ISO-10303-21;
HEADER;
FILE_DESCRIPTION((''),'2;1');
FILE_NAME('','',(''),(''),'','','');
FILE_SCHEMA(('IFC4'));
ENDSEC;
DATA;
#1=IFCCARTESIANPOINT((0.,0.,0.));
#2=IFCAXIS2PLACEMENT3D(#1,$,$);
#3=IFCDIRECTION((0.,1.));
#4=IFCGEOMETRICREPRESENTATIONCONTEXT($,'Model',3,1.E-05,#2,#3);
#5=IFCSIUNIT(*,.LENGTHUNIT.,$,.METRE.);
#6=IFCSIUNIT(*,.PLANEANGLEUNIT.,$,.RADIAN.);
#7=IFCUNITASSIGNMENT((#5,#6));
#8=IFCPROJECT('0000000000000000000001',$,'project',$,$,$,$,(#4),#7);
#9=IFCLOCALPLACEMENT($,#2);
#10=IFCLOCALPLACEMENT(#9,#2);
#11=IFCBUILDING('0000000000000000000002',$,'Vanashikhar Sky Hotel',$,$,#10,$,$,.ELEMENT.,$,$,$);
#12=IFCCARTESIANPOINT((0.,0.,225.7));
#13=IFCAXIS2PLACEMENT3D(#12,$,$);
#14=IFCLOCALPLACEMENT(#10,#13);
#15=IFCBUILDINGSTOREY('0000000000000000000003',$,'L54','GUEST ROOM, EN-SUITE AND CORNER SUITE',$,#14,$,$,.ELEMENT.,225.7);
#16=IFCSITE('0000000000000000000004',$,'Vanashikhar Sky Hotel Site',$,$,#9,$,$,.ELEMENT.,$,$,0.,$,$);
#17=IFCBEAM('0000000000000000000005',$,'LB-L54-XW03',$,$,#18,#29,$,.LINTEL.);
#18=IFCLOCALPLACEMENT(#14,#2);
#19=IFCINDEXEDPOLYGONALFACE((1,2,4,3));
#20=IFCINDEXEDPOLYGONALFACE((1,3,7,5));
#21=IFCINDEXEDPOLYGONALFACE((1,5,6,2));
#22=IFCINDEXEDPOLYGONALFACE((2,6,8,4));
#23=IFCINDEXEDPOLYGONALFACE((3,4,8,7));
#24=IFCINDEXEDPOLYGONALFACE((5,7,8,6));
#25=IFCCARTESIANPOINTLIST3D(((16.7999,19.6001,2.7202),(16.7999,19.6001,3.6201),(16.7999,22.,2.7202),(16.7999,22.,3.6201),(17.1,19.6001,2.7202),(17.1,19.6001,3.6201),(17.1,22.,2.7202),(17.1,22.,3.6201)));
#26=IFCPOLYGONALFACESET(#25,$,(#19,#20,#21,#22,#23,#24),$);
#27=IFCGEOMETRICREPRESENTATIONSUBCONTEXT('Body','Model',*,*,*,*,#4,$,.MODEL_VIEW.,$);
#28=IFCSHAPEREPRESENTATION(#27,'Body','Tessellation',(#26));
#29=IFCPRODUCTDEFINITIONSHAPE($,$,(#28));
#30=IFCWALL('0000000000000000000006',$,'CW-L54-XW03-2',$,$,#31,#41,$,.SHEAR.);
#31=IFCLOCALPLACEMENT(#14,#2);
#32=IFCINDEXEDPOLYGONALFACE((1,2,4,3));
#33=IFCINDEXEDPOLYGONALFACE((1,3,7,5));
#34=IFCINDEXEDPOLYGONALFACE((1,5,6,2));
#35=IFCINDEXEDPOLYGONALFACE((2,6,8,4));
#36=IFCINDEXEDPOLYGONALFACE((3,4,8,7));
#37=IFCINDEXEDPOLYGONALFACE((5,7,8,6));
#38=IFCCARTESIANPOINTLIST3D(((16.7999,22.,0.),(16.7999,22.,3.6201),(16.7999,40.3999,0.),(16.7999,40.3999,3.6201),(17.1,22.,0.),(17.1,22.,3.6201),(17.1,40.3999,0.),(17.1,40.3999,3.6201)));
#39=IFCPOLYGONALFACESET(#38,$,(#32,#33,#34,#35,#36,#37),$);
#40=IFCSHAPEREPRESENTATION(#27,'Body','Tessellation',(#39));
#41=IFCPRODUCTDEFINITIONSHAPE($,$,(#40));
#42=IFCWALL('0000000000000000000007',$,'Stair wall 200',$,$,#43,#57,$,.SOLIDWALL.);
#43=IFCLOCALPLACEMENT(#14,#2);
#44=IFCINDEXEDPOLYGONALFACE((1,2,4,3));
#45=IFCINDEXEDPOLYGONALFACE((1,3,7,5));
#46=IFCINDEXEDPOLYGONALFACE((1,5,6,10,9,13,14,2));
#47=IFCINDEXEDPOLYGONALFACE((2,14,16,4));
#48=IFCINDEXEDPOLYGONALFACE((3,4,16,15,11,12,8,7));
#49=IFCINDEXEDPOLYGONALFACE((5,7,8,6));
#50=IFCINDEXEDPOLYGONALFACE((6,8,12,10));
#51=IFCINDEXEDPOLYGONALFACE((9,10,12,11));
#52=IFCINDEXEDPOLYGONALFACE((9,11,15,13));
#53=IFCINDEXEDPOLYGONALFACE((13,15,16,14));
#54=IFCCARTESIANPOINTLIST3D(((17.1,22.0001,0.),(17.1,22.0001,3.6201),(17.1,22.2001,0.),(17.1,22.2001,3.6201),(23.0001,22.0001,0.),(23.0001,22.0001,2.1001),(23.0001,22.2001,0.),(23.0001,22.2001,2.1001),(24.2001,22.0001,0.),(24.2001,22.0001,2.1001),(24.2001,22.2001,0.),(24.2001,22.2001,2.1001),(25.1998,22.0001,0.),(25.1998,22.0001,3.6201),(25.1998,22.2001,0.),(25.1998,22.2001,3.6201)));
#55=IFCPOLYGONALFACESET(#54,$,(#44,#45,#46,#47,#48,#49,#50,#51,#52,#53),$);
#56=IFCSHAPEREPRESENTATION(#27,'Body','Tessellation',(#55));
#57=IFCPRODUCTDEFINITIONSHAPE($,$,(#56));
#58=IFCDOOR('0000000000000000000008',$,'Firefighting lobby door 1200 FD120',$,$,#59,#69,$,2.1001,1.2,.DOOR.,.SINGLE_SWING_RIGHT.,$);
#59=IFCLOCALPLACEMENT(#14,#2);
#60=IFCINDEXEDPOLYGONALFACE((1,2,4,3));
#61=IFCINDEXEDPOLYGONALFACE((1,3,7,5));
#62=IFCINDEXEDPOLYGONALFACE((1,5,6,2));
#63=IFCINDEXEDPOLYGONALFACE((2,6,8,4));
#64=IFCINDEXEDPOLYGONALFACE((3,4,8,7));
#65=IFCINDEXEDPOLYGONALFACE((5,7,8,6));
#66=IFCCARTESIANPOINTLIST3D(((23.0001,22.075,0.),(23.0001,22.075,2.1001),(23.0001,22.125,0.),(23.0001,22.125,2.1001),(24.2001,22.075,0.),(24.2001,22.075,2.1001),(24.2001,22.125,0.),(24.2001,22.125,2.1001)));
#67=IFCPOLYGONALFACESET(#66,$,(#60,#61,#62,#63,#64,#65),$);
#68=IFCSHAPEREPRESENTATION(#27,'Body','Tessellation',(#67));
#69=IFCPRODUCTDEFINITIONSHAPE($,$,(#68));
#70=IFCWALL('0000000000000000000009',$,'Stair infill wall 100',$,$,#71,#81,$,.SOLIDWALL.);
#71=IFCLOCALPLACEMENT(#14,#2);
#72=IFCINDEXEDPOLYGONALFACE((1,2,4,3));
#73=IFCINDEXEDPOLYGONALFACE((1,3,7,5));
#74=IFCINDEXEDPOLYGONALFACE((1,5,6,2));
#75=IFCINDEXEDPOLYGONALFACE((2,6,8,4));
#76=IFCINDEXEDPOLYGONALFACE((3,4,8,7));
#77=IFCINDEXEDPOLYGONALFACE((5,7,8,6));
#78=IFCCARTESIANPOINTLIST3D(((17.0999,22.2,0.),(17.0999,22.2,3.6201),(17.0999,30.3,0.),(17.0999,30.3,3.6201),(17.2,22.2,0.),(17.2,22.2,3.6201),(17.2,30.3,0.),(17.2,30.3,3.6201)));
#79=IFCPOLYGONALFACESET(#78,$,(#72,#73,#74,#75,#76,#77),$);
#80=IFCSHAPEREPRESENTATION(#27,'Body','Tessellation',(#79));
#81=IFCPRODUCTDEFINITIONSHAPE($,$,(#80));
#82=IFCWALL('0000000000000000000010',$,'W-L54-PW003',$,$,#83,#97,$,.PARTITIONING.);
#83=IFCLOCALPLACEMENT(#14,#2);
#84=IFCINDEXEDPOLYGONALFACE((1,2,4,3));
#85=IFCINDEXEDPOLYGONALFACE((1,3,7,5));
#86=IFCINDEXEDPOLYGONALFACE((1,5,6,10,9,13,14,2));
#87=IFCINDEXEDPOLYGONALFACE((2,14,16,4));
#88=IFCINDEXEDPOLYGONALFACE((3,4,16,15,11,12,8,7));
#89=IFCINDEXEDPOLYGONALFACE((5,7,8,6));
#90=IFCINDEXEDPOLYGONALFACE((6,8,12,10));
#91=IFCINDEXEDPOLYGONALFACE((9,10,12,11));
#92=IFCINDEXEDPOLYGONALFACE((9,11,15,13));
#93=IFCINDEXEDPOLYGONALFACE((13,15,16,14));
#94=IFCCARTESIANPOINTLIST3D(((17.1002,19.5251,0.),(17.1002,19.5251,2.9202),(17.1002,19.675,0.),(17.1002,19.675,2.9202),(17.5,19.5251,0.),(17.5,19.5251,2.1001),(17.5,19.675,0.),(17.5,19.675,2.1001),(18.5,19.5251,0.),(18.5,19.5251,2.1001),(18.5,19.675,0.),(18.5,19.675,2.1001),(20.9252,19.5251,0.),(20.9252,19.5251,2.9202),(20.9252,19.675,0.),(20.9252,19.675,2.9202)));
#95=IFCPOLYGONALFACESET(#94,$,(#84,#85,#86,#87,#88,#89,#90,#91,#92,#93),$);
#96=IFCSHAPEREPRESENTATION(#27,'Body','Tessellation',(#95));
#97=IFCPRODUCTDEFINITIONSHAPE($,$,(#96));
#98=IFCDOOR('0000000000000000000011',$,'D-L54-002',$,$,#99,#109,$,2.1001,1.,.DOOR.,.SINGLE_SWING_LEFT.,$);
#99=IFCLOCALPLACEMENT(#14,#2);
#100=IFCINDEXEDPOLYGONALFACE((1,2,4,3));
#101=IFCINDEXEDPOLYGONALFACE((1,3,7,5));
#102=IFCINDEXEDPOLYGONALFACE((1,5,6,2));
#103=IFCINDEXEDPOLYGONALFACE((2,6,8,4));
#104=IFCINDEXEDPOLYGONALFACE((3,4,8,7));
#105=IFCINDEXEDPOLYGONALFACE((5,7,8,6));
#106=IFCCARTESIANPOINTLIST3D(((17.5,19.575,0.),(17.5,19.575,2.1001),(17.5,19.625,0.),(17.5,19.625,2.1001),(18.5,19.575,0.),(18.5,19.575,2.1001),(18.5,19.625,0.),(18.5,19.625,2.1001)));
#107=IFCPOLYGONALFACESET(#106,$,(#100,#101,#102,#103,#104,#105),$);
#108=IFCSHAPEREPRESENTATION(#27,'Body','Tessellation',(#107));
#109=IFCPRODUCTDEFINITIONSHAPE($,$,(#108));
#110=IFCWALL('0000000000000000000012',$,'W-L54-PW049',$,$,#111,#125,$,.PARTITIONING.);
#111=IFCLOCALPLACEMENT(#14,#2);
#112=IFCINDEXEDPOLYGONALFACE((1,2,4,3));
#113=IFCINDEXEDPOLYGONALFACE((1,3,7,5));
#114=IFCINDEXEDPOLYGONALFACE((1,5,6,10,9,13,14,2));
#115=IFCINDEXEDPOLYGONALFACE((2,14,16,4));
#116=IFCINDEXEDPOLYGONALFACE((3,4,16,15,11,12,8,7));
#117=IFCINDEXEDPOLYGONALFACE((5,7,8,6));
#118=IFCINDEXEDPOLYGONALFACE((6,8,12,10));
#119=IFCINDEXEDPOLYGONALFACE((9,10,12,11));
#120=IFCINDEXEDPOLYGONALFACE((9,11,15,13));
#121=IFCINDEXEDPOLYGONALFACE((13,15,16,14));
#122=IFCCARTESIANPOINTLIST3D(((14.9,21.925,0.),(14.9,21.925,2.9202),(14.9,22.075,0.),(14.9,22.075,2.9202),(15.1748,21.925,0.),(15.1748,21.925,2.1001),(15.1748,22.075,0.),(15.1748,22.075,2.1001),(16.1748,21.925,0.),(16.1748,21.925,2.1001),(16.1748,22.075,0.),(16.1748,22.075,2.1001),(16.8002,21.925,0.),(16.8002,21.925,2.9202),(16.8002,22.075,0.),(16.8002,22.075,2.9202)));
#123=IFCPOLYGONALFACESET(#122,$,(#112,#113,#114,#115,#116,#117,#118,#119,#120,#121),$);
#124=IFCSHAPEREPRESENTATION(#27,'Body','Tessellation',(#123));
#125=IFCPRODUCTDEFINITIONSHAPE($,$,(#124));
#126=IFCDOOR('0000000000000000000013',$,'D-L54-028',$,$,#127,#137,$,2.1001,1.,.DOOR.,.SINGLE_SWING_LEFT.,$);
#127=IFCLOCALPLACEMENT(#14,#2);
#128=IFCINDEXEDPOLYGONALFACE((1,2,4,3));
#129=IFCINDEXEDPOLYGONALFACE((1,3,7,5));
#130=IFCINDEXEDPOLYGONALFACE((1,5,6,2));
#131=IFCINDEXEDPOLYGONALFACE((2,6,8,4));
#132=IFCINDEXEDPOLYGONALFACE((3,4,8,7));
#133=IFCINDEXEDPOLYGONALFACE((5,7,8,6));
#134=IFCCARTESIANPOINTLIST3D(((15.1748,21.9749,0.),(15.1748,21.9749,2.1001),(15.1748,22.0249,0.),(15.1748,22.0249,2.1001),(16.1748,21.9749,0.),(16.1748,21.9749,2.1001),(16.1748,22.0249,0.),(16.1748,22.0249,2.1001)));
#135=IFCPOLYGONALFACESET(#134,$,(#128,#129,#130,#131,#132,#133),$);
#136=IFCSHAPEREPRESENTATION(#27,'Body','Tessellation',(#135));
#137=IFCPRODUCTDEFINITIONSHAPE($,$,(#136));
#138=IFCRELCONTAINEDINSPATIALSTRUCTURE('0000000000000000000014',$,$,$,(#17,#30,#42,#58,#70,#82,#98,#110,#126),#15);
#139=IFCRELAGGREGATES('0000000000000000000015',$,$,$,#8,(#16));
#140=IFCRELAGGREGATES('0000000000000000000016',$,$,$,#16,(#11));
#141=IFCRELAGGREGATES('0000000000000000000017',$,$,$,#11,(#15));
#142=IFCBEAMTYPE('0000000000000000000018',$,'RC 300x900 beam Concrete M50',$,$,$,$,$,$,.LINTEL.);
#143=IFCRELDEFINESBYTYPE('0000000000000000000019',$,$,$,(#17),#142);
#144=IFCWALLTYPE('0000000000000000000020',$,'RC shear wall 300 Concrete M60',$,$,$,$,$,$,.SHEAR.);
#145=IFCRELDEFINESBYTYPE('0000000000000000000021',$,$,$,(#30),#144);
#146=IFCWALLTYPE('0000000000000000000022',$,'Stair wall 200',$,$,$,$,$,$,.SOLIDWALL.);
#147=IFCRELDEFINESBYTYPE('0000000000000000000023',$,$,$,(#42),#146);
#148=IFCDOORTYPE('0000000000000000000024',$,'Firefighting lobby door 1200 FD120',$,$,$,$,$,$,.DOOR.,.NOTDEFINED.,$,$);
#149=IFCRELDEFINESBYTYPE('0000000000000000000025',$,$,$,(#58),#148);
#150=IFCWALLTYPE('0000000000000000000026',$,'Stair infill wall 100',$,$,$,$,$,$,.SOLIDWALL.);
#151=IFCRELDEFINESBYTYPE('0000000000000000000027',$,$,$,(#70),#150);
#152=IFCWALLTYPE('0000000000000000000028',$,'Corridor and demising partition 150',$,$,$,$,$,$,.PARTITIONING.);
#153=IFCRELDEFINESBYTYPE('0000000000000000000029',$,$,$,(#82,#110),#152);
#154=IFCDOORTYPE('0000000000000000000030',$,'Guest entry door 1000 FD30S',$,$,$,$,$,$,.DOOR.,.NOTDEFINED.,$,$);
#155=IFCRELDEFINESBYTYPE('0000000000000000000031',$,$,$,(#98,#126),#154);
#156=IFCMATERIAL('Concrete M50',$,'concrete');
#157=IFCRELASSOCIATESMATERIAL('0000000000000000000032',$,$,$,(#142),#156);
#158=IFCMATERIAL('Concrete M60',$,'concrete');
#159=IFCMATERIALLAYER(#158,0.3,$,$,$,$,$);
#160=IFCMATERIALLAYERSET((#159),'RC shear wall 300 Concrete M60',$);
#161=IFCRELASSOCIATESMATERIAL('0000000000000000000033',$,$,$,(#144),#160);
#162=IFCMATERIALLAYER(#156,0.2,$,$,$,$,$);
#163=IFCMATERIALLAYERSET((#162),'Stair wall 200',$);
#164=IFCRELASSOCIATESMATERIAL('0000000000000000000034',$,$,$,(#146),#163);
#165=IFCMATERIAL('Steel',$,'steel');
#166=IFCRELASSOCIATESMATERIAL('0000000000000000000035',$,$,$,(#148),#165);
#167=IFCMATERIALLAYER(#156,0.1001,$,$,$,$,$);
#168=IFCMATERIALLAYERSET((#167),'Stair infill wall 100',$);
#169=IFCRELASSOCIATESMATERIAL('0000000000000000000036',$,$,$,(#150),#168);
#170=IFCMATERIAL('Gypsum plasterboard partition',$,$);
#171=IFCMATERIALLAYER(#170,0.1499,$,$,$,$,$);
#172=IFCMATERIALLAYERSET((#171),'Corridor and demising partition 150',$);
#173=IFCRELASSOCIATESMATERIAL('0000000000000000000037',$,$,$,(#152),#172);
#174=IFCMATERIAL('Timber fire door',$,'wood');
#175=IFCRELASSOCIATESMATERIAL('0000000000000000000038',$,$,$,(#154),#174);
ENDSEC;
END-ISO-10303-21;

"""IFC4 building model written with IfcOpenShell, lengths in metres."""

from ifc_helpers import new_model, si_unit, direction, frame, frame_2d, origin, origin_2d, place, context, subcontext, project, spatial, rectangle, extrude, source, transform, mapped, material, layer, layer_set, material_profile, profile_set, type_object, element, fill, save


model = new_model("IFC4")

# Units and contexts
model_context = context("Model", 3, precision=1e-05, world=origin(), true_north=direction((0.0, 1.0)))
body_context = subcontext(model_context, "Body", "Model", "MODEL_VIEW")
ifc_project = project(units=[si_unit("LENGTHUNIT", "METRE"), si_unit("PLANEANGLEUNIT", "RADIAN")], contexts=[model_context])

# Site, building, storey
site_placement = place(None, origin())
site = spatial("IfcSite", under=ifc_project, at=site_placement, Name="Vanashikhar Sky Hotel Site", CompositionType="ELEMENT", RefElevation=0.0)
building_placement = place(site_placement, origin())
building = spatial("IfcBuilding", under=site, at=building_placement, Name="Vanashikhar Sky Hotel", CompositionType="ELEMENT")
storey_placement = place(building_placement, frame((0.0, 0.0, 225.7)))
storey = spatial("IfcBuildingStorey", under=building, at=storey_placement, Name="L54", Description="GUEST ROOM, EN-SUITE AND CORNER SUITE", CompositionType="ELEMENT", Elevation=225.7)

# Beam
ifc_material_1 = material(Name="Concrete M50", Category="concrete")
ifc_material_profile = material_profile(ifc_material_1, rectangle(XDim=0.3, YDim=0.8999, at=origin_2d()))
ifc_profile_set = profile_set([ifc_material_profile], Name="RC 300x900 beam Concrete M50")
beam_type = type_object("IfcBeamType", Name="RC 300x900 beam Concrete M50", PredefinedType="LINTEL", material=ifc_profile_set)
shared_shape_1 = source(origin(), body_context, "Body", "SweptSolid", [
    extrude(rectangle(XDim=0.3, YDim=0.8999, at=origin_2d()), origin(), (0.0, 0.0, 1.0), 2.3999),
])
beam_placement = place(storey_placement, frame((16.95, 19.6001, 3.1702), z_axis=(0.0, 1.0, 0.0), x_axis=(-1.0, 0.0, 0.0)))
element("IfcBeam", 1, at=beam_placement, inside=storey, type_object=beam_type, Name="LB-L54-XW03", PredefinedType="LINTEL", context=body_context, shape_type="MappedRepresentation", body=[
    mapped(shared_shape_1, transform((0.0, 0.0, 0.0), scale=1.0)),
])

# Wall
ifc_material_2 = material(Name="Concrete M60", Category="concrete")
ifc_layer_1 = layer(ifc_material_2, 0.3)
ifc_layer_set_1 = layer_set([ifc_layer_1], Name="RC shear wall 300 Concrete M60")
wall_type_1 = type_object("IfcWallType", Name="RC shear wall 300 Concrete M60", PredefinedType="SHEAR", material=ifc_layer_set_1)
shared_shape_2 = source(origin(), body_context, "Body", "SweptSolid", [
    extrude(rectangle(XDim=18.3999, YDim=0.3, at=frame_2d((9.2, 0.0))), origin(), (0.0, 0.0, 1.0), 3.6201),
])
wall_1_placement = place(storey_placement, frame((16.95, 22.0, 0.0), z_axis=(0.0, 0.0, 1.0), x_axis=(0.0, 1.0, 0.0)))
element("IfcWall", 2, at=wall_1_placement, inside=storey, type_object=wall_type_1, Name="CW-L54-XW03-2", PredefinedType="SHEAR", context=body_context, shape_type="MappedRepresentation", body=[
    mapped(shared_shape_2, transform((0.0, 0.0, 0.0), scale=1.0)),
])

# Wall, opening, door
ifc_layer_2 = layer(ifc_material_1, 0.2)
ifc_layer_set_2 = layer_set([ifc_layer_2], Name="Stair wall 200")
wall_type_2 = type_object("IfcWallType", Name="Stair wall 200", PredefinedType="SOLIDWALL", material=ifc_layer_set_2)
shared_shape_3 = source(origin(), body_context, "Body", "SweptSolid", [
    extrude(rectangle(XDim=8.0999, YDim=0.2, at=frame_2d((4.0498, 0.0))), origin(), (0.0, 0.0, 1.0), 3.6201),
])
wall_2_placement = place(storey_placement, frame((17.1001, 22.1001, 0.0), z_axis=(0.0, 0.0, 1.0), x_axis=(1.0, 0.0, 0.0)))
wall_2 = element("IfcWall", 3, at=wall_2_placement, inside=storey, type_object=wall_type_2, Name="Stair wall 200", PredefinedType="SOLIDWALL", context=body_context, shape_type="MappedRepresentation", body=[
    mapped(shared_shape_3, transform((0.0, 0.0, 0.0), scale=1.0)),
])
shared_shape_4 = source(origin(), body_context, "Body", "SweptSolid", [
    extrude(rectangle(XDim=1.2, YDim=2.1001, at=frame_2d((0.6001, 1.05))), frame((0.0, 0.1099, 0.0), z_axis=(0.0, -1.0, 0.0), x_axis=(1.0, 0.0, 0.0)), (0.0, 0.0, 1.0), 0.22),
])
opening_1_placement = place(wall_2_placement, frame((5.8999, 0.0, 0.0)))
opening_1 = element("IfcOpeningElement", 4, at=opening_1_placement, cuts=wall_2, PredefinedType="OPENING", context=body_context, shape_type="MappedRepresentation", body=[
    mapped(shared_shape_4, transform((0.0, 0.0, 0.0), scale=1.0)),
])
ifc_material_3 = material(Name="Steel", Category="steel")
door_type_1 = type_object("IfcDoorType", Name="Firefighting lobby door 1200 FD120", OperationType="NOTDEFINED", PredefinedType="DOOR", material=ifc_material_3)
shared_shape_5 = source(origin(), body_context, "Body", "SweptSolid", [
    extrude(rectangle(XDim=1.2, YDim=2.1001, at=frame_2d((0.6001, 1.05))), frame((0.0, 0.0249, 0.0), z_axis=(0.0, -1.0, 0.0), x_axis=(1.0, 0.0, 0.0)), (0.0, 0.0, 1.0), 0.05),
])
door_1_placement = place(opening_1_placement, origin())
door_1 = element("IfcDoor", 5, at=door_1_placement, inside=storey, type_object=door_type_1, Name="Firefighting lobby door 1200 FD120", OperationType="SINGLE_SWING_RIGHT", OverallHeight=2.1001, OverallWidth=1.2, PredefinedType="DOOR", context=body_context, shape_type="MappedRepresentation", body=[
    mapped(shared_shape_5, transform((0.0, 0.0, 0.0), scale=1.0)),
])
fill(opening_1, door_1)

# Wall
ifc_layer_3 = layer(ifc_material_1, 0.1001)
ifc_layer_set_3 = layer_set([ifc_layer_3], Name="Stair infill wall 100")
wall_type_3 = type_object("IfcWallType", Name="Stair infill wall 100", PredefinedType="SOLIDWALL", material=ifc_layer_set_3)
shared_shape_6 = source(origin(), body_context, "Body", "SweptSolid", [
    extrude(rectangle(XDim=8.1001, YDim=0.1001, at=frame_2d((4.05, 0.0))), origin(), (0.0, 0.0, 1.0), 3.6201),
])
wall_3_placement = place(storey_placement, frame((17.1499, 22.2, 0.0), z_axis=(0.0, 0.0, 1.0), x_axis=(0.0, 1.0, 0.0)))
element("IfcWall", 6, at=wall_3_placement, inside=storey, type_object=wall_type_3, Name="Stair infill wall 100", PredefinedType="SOLIDWALL", context=body_context, shape_type="MappedRepresentation", body=[
    mapped(shared_shape_6, transform((0.0, 0.0, 0.0), scale=1.0)),
])

# Walls, openings, doors
ifc_material_4 = material(Name="Gypsum plasterboard partition")
ifc_layer_4 = layer(ifc_material_4, 0.1499)
ifc_layer_set_4 = layer_set([ifc_layer_4], Name="Corridor and demising partition 150")
wall_type_4 = type_object("IfcWallType", Name="Corridor and demising partition 150", PredefinedType="PARTITIONING", material=ifc_layer_set_4)
shared_shape_7 = source(origin(), body_context, "Body", "SweptSolid", [
    extrude(rectangle(XDim=3.825, YDim=0.1499, at=frame_2d((1.9126, 0.0))), origin(), (0.0, 0.0, 1.0), 2.9202),
])
wall_4_placement = place(storey_placement, frame((17.1001, 19.6001, 0.0), z_axis=(0.0, 0.0, 1.0), x_axis=(1.0, 0.0, 0.0)))
wall_4 = element("IfcWall", 7, at=wall_4_placement, inside=storey, type_object=wall_type_4, Name="W-L54-PW003", PredefinedType="PARTITIONING", context=body_context, shape_type="MappedRepresentation", body=[
    mapped(shared_shape_7, transform((0.0, 0.0, 0.0), scale=1.0)),
])
shared_shape_8 = source(origin(), body_context, "Body", "SweptSolid", [
    extrude(rectangle(XDim=1.0, YDim=2.1001, at=frame_2d((0.5, 1.05))), frame((0.0, 0.085, 0.0), z_axis=(0.0, -1.0, 0.0), x_axis=(1.0, 0.0, 0.0)), (0.0, 0.0, 1.0), 0.1699),
])
opening_2_placement = place(wall_4_placement, frame((0.3999, 0.0, 0.0)))
opening_2 = element("IfcOpeningElement", 8, at=opening_2_placement, cuts=wall_4, PredefinedType="OPENING", context=body_context, shape_type="MappedRepresentation", body=[
    mapped(shared_shape_8, transform((0.0, 0.0, 0.0), scale=1.0)),
])
ifc_material_5 = material(Name="Timber fire door", Category="wood")
door_type_2 = type_object("IfcDoorType", Name="Guest entry door 1000 FD30S", OperationType="NOTDEFINED", PredefinedType="DOOR", material=ifc_material_5)
shared_shape_9 = source(origin(), body_context, "Body", "SweptSolid", [
    extrude(rectangle(XDim=1.0, YDim=2.1001, at=frame_2d((0.5, 1.05))), frame((0.0, 0.0249, 0.0), z_axis=(0.0, -1.0, 0.0), x_axis=(1.0, 0.0, 0.0)), (0.0, 0.0, 1.0), 0.05),
])
door_2_placement = place(opening_2_placement, origin())
door_2 = element("IfcDoor", 9, at=door_2_placement, inside=storey, type_object=door_type_2, Name="D-L54-002", OperationType="SINGLE_SWING_LEFT", OverallHeight=2.1001, OverallWidth=1.0, PredefinedType="DOOR", context=body_context, shape_type="MappedRepresentation", body=[
    mapped(shared_shape_9, transform((0.0, 0.0, 0.0), scale=1.0)),
])
fill(opening_2, door_2)
shared_shape_10 = source(origin(), body_context, "Body", "SweptSolid", [
    extrude(rectangle(XDim=1.9001, YDim=0.1499, at=frame_2d((0.9502, 0.0))), origin(), (0.0, 0.0, 1.0), 2.9202),
])
wall_5_placement = place(storey_placement, frame((14.8999, 22.0, 0.0), z_axis=(0.0, 0.0, 1.0), x_axis=(1.0, 0.0, 0.0)))
wall_5 = element("IfcWall", 10, at=wall_5_placement, inside=storey, type_object=wall_type_4, Name="W-L54-PW049", PredefinedType="PARTITIONING", context=body_context, shape_type="MappedRepresentation", body=[
    mapped(shared_shape_10, transform((0.0, 0.0, 0.0), scale=1.0)),
])
opening_3_placement = place(wall_5_placement, frame((0.2749, 0.0, 0.0)))
opening_3 = element("IfcOpeningElement", 11, at=opening_3_placement, cuts=wall_5, PredefinedType="OPENING", context=body_context, shape_type="MappedRepresentation", body=[
    mapped(shared_shape_8, transform((0.0, 0.0, 0.0), scale=1.0)),
])
door_3_placement = place(opening_3_placement, origin())
door_3 = element("IfcDoor", 12, at=door_3_placement, inside=storey, type_object=door_type_2, Name="D-L54-028", OperationType="SINGLE_SWING_LEFT", OverallHeight=2.1001, OverallWidth=1.0, PredefinedType="DOOR", context=body_context, shape_type="MappedRepresentation", body=[
    mapped(shared_shape_9, transform((0.0, 0.0, 0.0), scale=1.0)),
])
fill(opening_3, door_3)

save(model, "model.ifc")
